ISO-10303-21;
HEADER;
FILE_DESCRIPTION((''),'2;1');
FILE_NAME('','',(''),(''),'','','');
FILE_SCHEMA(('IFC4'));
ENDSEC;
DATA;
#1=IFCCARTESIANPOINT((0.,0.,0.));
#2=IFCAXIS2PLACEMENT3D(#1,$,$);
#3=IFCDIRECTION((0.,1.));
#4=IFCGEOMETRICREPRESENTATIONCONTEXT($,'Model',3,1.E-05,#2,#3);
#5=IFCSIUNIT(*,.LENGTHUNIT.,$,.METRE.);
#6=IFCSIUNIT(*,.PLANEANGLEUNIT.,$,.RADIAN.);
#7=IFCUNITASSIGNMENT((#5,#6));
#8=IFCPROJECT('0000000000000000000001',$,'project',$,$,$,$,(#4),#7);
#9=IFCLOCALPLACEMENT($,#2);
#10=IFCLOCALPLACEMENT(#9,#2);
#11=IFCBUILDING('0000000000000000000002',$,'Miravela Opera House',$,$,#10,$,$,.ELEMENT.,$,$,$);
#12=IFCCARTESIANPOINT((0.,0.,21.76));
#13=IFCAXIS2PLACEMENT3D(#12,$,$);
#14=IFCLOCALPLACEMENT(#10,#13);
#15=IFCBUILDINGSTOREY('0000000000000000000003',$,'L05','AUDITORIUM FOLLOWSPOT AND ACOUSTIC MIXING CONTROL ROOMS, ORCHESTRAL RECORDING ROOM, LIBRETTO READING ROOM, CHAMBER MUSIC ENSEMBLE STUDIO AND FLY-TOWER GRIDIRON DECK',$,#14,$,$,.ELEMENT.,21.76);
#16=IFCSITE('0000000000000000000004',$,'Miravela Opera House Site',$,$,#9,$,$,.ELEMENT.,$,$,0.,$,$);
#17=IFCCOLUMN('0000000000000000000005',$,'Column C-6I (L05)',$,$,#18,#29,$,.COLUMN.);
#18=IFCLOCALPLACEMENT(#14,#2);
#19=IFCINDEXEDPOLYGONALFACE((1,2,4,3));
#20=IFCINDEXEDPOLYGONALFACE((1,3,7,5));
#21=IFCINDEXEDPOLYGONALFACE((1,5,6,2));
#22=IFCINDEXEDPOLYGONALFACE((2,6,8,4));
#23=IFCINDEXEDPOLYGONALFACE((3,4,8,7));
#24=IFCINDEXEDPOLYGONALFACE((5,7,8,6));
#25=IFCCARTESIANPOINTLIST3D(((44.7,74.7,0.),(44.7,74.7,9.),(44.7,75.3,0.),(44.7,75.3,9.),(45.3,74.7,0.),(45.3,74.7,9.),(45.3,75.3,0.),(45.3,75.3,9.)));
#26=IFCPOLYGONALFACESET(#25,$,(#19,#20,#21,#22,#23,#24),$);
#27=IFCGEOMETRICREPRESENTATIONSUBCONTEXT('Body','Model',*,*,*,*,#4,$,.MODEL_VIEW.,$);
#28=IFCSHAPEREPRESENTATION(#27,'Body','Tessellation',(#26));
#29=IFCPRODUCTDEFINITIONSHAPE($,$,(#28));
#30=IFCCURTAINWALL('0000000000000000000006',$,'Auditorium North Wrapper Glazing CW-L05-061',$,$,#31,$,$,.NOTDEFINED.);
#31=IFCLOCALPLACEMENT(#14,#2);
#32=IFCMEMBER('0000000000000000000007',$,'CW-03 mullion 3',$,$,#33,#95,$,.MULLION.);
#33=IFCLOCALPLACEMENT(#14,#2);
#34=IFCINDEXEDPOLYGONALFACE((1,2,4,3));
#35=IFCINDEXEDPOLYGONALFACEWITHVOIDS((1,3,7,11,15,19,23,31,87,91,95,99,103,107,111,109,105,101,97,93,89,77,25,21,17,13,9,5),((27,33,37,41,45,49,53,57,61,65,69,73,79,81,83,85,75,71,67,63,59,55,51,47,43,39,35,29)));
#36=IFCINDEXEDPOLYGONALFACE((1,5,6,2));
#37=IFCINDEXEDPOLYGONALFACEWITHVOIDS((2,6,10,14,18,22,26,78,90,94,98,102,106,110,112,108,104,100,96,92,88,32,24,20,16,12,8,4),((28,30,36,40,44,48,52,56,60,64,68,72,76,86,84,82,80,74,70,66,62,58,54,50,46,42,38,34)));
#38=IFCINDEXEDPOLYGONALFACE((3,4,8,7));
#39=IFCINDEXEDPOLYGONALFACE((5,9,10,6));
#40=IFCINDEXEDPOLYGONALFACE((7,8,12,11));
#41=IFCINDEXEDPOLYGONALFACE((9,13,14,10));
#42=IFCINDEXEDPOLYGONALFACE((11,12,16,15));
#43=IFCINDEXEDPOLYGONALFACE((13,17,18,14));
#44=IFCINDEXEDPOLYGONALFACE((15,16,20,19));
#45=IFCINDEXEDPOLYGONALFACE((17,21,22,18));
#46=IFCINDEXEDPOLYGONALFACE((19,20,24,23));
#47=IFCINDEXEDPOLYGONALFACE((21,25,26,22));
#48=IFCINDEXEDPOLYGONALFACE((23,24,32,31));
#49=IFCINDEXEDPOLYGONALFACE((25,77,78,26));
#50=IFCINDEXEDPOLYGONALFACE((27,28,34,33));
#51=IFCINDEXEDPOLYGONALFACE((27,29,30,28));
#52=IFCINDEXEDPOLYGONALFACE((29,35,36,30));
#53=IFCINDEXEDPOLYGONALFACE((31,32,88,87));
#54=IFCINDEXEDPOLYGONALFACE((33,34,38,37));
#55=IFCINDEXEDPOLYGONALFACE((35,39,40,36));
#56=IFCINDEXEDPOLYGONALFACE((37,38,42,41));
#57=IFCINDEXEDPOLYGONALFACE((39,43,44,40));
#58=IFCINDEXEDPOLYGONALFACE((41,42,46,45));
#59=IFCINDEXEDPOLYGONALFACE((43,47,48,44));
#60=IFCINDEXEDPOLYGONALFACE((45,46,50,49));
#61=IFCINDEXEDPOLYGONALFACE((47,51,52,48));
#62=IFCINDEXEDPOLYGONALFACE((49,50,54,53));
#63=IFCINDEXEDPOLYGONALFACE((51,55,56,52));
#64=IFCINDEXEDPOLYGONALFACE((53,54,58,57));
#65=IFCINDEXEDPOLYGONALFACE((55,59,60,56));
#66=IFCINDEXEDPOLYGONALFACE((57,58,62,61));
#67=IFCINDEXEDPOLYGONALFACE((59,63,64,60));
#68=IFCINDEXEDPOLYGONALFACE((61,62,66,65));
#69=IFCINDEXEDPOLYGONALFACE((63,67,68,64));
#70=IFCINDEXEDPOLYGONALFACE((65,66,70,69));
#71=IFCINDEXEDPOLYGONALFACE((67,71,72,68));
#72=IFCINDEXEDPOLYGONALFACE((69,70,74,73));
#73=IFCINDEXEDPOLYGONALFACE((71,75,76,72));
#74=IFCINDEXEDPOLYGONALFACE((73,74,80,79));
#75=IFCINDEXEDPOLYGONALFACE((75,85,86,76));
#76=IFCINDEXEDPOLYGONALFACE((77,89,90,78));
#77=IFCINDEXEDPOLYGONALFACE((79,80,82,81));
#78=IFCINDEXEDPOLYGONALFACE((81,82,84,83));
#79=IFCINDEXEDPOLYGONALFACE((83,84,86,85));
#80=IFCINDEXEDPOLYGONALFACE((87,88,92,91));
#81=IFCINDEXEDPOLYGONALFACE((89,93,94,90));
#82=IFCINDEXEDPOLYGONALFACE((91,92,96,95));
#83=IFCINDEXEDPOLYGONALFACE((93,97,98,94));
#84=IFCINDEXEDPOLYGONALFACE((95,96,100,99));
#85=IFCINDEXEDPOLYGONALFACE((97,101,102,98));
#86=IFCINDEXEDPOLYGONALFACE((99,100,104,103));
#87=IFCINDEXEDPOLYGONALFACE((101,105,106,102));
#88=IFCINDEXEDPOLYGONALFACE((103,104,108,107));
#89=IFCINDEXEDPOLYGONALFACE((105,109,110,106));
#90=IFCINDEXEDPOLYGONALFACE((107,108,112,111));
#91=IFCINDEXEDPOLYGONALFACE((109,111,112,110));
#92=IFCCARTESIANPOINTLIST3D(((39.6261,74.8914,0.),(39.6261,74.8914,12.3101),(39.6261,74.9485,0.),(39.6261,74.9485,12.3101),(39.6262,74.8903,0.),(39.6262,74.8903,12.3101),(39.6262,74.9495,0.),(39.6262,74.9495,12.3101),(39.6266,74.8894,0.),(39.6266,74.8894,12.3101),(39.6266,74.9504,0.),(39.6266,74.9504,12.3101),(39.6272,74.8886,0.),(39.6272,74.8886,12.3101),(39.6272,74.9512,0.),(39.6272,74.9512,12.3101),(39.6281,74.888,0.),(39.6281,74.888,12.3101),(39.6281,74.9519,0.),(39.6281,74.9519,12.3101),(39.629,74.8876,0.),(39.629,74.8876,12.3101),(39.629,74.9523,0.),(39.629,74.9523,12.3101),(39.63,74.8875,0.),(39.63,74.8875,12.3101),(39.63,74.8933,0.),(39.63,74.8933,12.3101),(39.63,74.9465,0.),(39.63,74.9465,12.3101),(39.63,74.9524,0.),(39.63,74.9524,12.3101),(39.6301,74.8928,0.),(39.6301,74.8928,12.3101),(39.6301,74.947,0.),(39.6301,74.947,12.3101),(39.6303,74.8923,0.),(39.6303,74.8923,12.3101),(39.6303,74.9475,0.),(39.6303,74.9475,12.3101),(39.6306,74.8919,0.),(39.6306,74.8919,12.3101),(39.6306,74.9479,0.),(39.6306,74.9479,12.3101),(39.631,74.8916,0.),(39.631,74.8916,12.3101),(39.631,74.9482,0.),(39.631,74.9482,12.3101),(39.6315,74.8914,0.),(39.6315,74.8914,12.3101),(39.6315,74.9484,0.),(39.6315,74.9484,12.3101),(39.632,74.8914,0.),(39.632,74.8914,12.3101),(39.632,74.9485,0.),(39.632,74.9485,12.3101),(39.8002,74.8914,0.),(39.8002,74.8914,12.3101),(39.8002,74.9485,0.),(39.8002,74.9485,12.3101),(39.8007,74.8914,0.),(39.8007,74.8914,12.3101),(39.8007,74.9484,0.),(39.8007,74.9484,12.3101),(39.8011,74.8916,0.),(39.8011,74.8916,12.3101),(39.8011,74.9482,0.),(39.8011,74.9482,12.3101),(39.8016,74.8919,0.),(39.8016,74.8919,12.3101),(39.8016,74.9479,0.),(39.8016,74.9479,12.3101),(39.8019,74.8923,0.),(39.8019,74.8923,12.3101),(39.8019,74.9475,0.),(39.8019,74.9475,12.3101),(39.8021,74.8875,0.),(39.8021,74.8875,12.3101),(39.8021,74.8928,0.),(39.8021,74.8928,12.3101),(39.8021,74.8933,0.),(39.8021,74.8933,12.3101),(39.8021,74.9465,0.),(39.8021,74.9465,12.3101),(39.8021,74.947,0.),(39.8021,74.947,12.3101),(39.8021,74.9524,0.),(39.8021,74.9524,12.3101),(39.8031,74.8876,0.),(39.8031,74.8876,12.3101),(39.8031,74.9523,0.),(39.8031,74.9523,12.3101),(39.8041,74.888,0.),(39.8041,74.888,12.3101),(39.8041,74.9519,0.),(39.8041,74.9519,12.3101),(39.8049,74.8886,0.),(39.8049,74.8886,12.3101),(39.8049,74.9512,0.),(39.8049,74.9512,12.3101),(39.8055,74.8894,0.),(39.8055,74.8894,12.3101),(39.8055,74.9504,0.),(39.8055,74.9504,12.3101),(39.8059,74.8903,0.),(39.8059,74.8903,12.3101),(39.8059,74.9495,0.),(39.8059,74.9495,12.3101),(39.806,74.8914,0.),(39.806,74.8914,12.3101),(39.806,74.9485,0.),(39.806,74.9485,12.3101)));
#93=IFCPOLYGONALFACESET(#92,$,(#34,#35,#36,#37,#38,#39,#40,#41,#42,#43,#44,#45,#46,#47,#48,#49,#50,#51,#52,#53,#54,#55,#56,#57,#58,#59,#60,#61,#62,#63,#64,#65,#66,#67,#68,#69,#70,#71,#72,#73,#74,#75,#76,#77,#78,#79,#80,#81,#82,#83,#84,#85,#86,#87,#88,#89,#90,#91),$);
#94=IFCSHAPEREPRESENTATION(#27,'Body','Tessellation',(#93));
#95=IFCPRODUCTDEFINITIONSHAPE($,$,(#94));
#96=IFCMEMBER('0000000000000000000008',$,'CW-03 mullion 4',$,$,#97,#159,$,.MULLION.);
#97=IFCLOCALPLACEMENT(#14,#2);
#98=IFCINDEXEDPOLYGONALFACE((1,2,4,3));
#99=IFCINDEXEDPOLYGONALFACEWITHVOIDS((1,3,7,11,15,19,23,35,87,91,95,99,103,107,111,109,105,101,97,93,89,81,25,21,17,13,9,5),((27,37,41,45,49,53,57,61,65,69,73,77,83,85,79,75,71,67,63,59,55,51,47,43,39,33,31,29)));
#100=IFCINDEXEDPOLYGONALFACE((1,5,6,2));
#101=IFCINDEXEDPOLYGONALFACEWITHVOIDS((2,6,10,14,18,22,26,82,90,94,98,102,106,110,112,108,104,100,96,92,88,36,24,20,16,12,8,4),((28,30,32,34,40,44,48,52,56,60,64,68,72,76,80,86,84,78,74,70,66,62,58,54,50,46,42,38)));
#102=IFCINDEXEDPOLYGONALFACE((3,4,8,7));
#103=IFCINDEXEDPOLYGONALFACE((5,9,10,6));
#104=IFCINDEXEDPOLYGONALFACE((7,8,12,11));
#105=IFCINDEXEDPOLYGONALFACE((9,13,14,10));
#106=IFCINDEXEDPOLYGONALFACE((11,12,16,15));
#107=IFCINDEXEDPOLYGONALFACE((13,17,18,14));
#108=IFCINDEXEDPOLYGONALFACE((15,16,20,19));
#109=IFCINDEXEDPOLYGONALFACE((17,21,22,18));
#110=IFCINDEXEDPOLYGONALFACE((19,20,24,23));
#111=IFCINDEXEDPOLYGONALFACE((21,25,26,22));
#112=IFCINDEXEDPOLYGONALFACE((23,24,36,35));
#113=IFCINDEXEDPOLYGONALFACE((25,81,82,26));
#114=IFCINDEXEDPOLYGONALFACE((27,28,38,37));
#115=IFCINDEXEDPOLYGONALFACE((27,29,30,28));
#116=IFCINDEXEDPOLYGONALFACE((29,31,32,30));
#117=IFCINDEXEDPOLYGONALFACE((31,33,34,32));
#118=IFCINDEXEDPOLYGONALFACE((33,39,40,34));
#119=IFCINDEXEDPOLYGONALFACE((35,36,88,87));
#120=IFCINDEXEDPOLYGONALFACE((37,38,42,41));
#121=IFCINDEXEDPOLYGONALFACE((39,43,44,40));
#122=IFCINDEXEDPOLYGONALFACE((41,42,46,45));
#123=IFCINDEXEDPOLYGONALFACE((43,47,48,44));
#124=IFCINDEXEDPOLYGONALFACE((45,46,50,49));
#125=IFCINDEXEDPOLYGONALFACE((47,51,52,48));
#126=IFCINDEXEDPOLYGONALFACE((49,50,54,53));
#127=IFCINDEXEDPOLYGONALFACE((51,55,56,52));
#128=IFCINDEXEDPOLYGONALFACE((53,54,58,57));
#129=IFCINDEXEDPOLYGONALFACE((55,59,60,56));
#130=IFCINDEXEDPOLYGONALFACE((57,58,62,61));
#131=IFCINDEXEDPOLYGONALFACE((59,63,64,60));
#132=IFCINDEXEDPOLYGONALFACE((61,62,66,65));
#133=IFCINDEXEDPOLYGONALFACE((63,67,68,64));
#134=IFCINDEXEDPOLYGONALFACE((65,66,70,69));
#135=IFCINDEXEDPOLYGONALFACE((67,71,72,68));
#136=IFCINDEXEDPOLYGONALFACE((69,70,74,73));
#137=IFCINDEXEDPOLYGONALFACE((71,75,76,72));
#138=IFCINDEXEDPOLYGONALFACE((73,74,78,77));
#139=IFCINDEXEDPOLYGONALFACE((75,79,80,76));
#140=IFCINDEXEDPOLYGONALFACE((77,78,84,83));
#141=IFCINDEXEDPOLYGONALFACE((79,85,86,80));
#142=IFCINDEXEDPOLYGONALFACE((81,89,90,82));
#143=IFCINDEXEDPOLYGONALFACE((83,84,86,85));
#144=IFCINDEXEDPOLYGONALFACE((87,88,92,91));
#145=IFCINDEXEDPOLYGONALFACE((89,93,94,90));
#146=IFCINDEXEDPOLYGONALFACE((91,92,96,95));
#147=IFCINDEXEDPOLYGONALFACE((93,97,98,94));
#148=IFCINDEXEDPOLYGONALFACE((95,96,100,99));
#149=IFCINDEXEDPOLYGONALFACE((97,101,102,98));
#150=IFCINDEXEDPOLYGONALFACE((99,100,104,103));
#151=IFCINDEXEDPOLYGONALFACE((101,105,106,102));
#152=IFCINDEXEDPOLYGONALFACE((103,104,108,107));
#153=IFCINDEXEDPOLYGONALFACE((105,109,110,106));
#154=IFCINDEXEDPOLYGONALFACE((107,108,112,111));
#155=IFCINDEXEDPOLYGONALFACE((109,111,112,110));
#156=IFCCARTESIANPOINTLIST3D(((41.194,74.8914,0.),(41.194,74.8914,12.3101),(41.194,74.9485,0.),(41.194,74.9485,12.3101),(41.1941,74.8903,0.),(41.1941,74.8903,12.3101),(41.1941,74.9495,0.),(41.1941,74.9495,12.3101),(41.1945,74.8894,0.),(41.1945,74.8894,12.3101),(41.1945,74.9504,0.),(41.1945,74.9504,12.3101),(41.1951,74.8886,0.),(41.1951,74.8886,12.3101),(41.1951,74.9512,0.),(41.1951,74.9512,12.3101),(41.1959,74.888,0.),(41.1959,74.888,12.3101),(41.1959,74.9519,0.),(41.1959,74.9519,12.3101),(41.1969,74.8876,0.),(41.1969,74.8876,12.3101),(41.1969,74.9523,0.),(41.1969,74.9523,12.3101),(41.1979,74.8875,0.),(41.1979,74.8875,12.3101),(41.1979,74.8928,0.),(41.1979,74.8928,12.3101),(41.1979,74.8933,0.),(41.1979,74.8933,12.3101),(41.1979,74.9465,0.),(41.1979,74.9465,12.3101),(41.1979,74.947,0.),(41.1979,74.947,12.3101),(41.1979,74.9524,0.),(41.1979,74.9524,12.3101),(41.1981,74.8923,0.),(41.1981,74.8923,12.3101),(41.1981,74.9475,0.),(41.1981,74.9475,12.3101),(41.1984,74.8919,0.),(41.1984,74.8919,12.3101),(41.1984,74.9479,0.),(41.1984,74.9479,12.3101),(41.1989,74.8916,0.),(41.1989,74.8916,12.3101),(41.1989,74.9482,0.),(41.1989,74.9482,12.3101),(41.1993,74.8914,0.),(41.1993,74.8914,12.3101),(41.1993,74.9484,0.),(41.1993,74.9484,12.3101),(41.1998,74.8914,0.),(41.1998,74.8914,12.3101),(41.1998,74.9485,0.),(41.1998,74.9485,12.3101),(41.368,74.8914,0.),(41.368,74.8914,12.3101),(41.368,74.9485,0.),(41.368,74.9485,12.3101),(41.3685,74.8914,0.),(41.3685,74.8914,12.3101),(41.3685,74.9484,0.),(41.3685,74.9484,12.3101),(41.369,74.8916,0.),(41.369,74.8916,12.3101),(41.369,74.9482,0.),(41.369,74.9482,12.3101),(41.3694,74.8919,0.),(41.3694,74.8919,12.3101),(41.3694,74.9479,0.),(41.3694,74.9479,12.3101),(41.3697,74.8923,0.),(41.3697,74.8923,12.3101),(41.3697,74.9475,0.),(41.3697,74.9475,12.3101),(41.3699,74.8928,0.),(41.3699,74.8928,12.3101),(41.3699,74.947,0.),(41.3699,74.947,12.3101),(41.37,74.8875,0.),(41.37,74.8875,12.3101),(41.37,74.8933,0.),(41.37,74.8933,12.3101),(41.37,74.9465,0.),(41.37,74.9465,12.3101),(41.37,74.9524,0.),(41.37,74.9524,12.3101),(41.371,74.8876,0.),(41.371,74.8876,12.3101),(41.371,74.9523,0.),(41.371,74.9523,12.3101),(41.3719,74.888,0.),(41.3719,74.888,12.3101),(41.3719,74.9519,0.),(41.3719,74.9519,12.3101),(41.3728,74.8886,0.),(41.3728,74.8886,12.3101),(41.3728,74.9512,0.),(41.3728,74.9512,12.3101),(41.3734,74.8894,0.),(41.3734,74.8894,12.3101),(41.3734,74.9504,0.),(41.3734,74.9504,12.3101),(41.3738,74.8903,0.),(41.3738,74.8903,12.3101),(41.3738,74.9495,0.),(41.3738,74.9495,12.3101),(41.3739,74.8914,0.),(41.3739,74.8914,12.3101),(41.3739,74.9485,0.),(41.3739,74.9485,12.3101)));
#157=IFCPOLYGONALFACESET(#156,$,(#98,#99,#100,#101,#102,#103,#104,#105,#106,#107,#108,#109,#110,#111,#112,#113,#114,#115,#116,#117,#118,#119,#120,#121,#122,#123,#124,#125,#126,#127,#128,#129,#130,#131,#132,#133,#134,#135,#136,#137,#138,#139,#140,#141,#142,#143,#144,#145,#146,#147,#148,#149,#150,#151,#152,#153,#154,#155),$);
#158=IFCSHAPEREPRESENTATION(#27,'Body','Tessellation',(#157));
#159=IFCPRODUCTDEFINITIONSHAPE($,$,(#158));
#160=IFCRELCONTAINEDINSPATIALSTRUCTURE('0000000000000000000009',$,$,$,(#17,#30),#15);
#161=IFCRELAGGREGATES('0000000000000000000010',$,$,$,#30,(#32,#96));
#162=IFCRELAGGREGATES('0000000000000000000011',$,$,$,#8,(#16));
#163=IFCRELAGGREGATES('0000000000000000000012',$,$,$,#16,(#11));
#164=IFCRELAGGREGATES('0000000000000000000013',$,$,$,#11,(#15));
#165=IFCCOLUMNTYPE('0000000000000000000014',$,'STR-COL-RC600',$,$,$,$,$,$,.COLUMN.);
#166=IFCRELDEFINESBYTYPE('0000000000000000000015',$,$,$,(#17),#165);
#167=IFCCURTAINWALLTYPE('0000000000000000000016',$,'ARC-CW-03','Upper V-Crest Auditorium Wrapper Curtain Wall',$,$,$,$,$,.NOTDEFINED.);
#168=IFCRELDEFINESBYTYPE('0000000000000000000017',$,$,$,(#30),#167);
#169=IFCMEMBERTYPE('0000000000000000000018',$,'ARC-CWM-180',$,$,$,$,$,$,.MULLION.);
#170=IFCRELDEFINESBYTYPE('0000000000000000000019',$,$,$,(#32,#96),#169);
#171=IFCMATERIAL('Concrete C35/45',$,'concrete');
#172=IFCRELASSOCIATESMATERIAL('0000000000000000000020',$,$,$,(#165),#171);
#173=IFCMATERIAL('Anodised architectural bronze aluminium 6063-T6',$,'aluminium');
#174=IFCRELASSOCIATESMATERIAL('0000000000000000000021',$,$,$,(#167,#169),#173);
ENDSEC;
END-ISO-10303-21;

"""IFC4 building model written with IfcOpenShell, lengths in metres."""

from ifc_helpers import new_model, si_unit, direction, frame, origin, origin_2d, place, context, subcontext, project, spatial, rectangle, hollow_rectangle, extrude, material, material_profile, profile_set, type_object, element, aggregate, save


model = new_model("IFC4")

# Units and contexts
model_context = context("Model", 3, precision=1e-05, world=origin(), true_north=direction((0.0, 1.0)))
body_context = subcontext(model_context, "Body", "Model", "MODEL_VIEW")
ifc_project = project(units=[si_unit("LENGTHUNIT", "METRE"), si_unit("PLANEANGLEUNIT", "RADIAN")], contexts=[model_context])

# Site, building, storey
site_placement = place(None, origin())
site = spatial("IfcSite", under=ifc_project, at=site_placement, Name="Miravela Opera House Site", CompositionType="ELEMENT", RefElevation=0.0)
building_placement = place(site_placement, origin())
building = spatial("IfcBuilding", under=site, at=building_placement, Name="Miravela Opera House", CompositionType="ELEMENT")
storey_placement = place(building_placement, frame((0.0, 0.0, 21.76)))
storey = spatial("IfcBuildingStorey", under=building, at=storey_placement, Name="L05", Description="AUDITORIUM FOLLOWSPOT AND ACOUSTIC MIXING CONTROL ROOMS, ORCHESTRAL RECORDING ROOM, LIBRETTO READING ROOM, CHAMBER MUSIC ENSEMBLE STUDIO AND FLY-TOWER GRIDIRON DECK", CompositionType="ELEMENT", Elevation=21.76)

# Column
ifc_material_1 = material(Name="Concrete C35/45", Category="concrete")
ifc_material_profile_1 = material_profile(ifc_material_1, rectangle(XDim=0.6001, YDim=0.6001, at=origin_2d()), Name="RC-COL-600X600")
ifc_profile_set_1 = profile_set([ifc_material_profile_1])
column_type = type_object("IfcColumnType", Name="STR-COL-RC600", PredefinedType="COLUMN", material=ifc_profile_set_1)
column_placement = place(storey_placement, frame((45.0, 75.0, 0.0), z_axis=(0.0, 0.0, 1.0), x_axis=(1.0, 0.0, 0.0)))
element("IfcColumn", 1, at=column_placement, inside=storey, type_object=column_type, Name="Column C-6I (L05)", PredefinedType="COLUMN", context=body_context, shape_type="SweptSolid", body=[
    extrude(rectangle(XDim=0.6001, YDim=0.6001, at=origin_2d()), origin(), (0.0, 0.0, 1.0), 9.0),
])

# Curtain wall, members
ifc_material_2 = material(Name="Anodised architectural bronze aluminium 6063-T6", Category="aluminium")
curtain_wall_type = type_object("IfcCurtainWallType", Name="ARC-CW-03", Description="Upper V-Crest Auditorium Wrapper Curtain Wall", PredefinedType="NOTDEFINED", material=ifc_material_2)
curtain_wall_placement = place(storey_placement, origin())
curtain_wall = element("IfcCurtainWall", 2, at=curtain_wall_placement, inside=storey, type_object=curtain_wall_type, Name="Auditorium North Wrapper Glazing CW-L05-061", PredefinedType="NOTDEFINED")
ifc_material_profile_2 = material_profile(ifc_material_2, hollow_rectangle(XDim=0.0649, YDim=0.1799, WallThickness=0.0039, InnerFilletRadius=0.002, OuterFilletRadius=0.0039, at=origin_2d()), Name="CWM-65X180")
ifc_profile_set_2 = profile_set([ifc_material_profile_2])
member_type_1 = type_object("IfcMemberType", Name="ARC-CWM-180", PredefinedType="MULLION", material=ifc_profile_set_2)
member_1_placement = place(storey_placement, frame((39.7161, 74.9199, 0.0), z_axis=(0.0, 0.0, 1.0), x_axis=(0.0, 1.0, 0.0)))
member_1 = element("IfcMember", 3, at=member_1_placement, type_object=member_type_1, Name="CW-03 mullion 3", PredefinedType="MULLION", context=body_context, shape_type="SweptSolid", body=[
    extrude(hollow_rectangle(XDim=0.0649, YDim=0.1799, WallThickness=0.0039, InnerFilletRadius=0.002, OuterFilletRadius=0.0039, at=origin_2d()), origin(), (0.0, 0.0, 1.0), 12.3101),
])
member_2_placement = place(storey_placement, frame((41.2839, 74.9199, 0.0), z_axis=(0.0, 0.0, 1.0), x_axis=(0.0, 1.0, 0.0)))
member_2 = element("IfcMember", 4, at=member_2_placement, type_object=member_type_1, Name="CW-03 mullion 4", PredefinedType="MULLION", context=body_context, shape_type="SweptSolid", body=[
    extrude(hollow_rectangle(XDim=0.0649, YDim=0.1799, WallThickness=0.0039, InnerFilletRadius=0.002, OuterFilletRadius=0.0039, at=origin_2d()), origin(), (0.0, 0.0, 1.0), 12.3101),
])

aggregate(curtain_wall, [member_1, member_2])

save(model, "model.ifc")
